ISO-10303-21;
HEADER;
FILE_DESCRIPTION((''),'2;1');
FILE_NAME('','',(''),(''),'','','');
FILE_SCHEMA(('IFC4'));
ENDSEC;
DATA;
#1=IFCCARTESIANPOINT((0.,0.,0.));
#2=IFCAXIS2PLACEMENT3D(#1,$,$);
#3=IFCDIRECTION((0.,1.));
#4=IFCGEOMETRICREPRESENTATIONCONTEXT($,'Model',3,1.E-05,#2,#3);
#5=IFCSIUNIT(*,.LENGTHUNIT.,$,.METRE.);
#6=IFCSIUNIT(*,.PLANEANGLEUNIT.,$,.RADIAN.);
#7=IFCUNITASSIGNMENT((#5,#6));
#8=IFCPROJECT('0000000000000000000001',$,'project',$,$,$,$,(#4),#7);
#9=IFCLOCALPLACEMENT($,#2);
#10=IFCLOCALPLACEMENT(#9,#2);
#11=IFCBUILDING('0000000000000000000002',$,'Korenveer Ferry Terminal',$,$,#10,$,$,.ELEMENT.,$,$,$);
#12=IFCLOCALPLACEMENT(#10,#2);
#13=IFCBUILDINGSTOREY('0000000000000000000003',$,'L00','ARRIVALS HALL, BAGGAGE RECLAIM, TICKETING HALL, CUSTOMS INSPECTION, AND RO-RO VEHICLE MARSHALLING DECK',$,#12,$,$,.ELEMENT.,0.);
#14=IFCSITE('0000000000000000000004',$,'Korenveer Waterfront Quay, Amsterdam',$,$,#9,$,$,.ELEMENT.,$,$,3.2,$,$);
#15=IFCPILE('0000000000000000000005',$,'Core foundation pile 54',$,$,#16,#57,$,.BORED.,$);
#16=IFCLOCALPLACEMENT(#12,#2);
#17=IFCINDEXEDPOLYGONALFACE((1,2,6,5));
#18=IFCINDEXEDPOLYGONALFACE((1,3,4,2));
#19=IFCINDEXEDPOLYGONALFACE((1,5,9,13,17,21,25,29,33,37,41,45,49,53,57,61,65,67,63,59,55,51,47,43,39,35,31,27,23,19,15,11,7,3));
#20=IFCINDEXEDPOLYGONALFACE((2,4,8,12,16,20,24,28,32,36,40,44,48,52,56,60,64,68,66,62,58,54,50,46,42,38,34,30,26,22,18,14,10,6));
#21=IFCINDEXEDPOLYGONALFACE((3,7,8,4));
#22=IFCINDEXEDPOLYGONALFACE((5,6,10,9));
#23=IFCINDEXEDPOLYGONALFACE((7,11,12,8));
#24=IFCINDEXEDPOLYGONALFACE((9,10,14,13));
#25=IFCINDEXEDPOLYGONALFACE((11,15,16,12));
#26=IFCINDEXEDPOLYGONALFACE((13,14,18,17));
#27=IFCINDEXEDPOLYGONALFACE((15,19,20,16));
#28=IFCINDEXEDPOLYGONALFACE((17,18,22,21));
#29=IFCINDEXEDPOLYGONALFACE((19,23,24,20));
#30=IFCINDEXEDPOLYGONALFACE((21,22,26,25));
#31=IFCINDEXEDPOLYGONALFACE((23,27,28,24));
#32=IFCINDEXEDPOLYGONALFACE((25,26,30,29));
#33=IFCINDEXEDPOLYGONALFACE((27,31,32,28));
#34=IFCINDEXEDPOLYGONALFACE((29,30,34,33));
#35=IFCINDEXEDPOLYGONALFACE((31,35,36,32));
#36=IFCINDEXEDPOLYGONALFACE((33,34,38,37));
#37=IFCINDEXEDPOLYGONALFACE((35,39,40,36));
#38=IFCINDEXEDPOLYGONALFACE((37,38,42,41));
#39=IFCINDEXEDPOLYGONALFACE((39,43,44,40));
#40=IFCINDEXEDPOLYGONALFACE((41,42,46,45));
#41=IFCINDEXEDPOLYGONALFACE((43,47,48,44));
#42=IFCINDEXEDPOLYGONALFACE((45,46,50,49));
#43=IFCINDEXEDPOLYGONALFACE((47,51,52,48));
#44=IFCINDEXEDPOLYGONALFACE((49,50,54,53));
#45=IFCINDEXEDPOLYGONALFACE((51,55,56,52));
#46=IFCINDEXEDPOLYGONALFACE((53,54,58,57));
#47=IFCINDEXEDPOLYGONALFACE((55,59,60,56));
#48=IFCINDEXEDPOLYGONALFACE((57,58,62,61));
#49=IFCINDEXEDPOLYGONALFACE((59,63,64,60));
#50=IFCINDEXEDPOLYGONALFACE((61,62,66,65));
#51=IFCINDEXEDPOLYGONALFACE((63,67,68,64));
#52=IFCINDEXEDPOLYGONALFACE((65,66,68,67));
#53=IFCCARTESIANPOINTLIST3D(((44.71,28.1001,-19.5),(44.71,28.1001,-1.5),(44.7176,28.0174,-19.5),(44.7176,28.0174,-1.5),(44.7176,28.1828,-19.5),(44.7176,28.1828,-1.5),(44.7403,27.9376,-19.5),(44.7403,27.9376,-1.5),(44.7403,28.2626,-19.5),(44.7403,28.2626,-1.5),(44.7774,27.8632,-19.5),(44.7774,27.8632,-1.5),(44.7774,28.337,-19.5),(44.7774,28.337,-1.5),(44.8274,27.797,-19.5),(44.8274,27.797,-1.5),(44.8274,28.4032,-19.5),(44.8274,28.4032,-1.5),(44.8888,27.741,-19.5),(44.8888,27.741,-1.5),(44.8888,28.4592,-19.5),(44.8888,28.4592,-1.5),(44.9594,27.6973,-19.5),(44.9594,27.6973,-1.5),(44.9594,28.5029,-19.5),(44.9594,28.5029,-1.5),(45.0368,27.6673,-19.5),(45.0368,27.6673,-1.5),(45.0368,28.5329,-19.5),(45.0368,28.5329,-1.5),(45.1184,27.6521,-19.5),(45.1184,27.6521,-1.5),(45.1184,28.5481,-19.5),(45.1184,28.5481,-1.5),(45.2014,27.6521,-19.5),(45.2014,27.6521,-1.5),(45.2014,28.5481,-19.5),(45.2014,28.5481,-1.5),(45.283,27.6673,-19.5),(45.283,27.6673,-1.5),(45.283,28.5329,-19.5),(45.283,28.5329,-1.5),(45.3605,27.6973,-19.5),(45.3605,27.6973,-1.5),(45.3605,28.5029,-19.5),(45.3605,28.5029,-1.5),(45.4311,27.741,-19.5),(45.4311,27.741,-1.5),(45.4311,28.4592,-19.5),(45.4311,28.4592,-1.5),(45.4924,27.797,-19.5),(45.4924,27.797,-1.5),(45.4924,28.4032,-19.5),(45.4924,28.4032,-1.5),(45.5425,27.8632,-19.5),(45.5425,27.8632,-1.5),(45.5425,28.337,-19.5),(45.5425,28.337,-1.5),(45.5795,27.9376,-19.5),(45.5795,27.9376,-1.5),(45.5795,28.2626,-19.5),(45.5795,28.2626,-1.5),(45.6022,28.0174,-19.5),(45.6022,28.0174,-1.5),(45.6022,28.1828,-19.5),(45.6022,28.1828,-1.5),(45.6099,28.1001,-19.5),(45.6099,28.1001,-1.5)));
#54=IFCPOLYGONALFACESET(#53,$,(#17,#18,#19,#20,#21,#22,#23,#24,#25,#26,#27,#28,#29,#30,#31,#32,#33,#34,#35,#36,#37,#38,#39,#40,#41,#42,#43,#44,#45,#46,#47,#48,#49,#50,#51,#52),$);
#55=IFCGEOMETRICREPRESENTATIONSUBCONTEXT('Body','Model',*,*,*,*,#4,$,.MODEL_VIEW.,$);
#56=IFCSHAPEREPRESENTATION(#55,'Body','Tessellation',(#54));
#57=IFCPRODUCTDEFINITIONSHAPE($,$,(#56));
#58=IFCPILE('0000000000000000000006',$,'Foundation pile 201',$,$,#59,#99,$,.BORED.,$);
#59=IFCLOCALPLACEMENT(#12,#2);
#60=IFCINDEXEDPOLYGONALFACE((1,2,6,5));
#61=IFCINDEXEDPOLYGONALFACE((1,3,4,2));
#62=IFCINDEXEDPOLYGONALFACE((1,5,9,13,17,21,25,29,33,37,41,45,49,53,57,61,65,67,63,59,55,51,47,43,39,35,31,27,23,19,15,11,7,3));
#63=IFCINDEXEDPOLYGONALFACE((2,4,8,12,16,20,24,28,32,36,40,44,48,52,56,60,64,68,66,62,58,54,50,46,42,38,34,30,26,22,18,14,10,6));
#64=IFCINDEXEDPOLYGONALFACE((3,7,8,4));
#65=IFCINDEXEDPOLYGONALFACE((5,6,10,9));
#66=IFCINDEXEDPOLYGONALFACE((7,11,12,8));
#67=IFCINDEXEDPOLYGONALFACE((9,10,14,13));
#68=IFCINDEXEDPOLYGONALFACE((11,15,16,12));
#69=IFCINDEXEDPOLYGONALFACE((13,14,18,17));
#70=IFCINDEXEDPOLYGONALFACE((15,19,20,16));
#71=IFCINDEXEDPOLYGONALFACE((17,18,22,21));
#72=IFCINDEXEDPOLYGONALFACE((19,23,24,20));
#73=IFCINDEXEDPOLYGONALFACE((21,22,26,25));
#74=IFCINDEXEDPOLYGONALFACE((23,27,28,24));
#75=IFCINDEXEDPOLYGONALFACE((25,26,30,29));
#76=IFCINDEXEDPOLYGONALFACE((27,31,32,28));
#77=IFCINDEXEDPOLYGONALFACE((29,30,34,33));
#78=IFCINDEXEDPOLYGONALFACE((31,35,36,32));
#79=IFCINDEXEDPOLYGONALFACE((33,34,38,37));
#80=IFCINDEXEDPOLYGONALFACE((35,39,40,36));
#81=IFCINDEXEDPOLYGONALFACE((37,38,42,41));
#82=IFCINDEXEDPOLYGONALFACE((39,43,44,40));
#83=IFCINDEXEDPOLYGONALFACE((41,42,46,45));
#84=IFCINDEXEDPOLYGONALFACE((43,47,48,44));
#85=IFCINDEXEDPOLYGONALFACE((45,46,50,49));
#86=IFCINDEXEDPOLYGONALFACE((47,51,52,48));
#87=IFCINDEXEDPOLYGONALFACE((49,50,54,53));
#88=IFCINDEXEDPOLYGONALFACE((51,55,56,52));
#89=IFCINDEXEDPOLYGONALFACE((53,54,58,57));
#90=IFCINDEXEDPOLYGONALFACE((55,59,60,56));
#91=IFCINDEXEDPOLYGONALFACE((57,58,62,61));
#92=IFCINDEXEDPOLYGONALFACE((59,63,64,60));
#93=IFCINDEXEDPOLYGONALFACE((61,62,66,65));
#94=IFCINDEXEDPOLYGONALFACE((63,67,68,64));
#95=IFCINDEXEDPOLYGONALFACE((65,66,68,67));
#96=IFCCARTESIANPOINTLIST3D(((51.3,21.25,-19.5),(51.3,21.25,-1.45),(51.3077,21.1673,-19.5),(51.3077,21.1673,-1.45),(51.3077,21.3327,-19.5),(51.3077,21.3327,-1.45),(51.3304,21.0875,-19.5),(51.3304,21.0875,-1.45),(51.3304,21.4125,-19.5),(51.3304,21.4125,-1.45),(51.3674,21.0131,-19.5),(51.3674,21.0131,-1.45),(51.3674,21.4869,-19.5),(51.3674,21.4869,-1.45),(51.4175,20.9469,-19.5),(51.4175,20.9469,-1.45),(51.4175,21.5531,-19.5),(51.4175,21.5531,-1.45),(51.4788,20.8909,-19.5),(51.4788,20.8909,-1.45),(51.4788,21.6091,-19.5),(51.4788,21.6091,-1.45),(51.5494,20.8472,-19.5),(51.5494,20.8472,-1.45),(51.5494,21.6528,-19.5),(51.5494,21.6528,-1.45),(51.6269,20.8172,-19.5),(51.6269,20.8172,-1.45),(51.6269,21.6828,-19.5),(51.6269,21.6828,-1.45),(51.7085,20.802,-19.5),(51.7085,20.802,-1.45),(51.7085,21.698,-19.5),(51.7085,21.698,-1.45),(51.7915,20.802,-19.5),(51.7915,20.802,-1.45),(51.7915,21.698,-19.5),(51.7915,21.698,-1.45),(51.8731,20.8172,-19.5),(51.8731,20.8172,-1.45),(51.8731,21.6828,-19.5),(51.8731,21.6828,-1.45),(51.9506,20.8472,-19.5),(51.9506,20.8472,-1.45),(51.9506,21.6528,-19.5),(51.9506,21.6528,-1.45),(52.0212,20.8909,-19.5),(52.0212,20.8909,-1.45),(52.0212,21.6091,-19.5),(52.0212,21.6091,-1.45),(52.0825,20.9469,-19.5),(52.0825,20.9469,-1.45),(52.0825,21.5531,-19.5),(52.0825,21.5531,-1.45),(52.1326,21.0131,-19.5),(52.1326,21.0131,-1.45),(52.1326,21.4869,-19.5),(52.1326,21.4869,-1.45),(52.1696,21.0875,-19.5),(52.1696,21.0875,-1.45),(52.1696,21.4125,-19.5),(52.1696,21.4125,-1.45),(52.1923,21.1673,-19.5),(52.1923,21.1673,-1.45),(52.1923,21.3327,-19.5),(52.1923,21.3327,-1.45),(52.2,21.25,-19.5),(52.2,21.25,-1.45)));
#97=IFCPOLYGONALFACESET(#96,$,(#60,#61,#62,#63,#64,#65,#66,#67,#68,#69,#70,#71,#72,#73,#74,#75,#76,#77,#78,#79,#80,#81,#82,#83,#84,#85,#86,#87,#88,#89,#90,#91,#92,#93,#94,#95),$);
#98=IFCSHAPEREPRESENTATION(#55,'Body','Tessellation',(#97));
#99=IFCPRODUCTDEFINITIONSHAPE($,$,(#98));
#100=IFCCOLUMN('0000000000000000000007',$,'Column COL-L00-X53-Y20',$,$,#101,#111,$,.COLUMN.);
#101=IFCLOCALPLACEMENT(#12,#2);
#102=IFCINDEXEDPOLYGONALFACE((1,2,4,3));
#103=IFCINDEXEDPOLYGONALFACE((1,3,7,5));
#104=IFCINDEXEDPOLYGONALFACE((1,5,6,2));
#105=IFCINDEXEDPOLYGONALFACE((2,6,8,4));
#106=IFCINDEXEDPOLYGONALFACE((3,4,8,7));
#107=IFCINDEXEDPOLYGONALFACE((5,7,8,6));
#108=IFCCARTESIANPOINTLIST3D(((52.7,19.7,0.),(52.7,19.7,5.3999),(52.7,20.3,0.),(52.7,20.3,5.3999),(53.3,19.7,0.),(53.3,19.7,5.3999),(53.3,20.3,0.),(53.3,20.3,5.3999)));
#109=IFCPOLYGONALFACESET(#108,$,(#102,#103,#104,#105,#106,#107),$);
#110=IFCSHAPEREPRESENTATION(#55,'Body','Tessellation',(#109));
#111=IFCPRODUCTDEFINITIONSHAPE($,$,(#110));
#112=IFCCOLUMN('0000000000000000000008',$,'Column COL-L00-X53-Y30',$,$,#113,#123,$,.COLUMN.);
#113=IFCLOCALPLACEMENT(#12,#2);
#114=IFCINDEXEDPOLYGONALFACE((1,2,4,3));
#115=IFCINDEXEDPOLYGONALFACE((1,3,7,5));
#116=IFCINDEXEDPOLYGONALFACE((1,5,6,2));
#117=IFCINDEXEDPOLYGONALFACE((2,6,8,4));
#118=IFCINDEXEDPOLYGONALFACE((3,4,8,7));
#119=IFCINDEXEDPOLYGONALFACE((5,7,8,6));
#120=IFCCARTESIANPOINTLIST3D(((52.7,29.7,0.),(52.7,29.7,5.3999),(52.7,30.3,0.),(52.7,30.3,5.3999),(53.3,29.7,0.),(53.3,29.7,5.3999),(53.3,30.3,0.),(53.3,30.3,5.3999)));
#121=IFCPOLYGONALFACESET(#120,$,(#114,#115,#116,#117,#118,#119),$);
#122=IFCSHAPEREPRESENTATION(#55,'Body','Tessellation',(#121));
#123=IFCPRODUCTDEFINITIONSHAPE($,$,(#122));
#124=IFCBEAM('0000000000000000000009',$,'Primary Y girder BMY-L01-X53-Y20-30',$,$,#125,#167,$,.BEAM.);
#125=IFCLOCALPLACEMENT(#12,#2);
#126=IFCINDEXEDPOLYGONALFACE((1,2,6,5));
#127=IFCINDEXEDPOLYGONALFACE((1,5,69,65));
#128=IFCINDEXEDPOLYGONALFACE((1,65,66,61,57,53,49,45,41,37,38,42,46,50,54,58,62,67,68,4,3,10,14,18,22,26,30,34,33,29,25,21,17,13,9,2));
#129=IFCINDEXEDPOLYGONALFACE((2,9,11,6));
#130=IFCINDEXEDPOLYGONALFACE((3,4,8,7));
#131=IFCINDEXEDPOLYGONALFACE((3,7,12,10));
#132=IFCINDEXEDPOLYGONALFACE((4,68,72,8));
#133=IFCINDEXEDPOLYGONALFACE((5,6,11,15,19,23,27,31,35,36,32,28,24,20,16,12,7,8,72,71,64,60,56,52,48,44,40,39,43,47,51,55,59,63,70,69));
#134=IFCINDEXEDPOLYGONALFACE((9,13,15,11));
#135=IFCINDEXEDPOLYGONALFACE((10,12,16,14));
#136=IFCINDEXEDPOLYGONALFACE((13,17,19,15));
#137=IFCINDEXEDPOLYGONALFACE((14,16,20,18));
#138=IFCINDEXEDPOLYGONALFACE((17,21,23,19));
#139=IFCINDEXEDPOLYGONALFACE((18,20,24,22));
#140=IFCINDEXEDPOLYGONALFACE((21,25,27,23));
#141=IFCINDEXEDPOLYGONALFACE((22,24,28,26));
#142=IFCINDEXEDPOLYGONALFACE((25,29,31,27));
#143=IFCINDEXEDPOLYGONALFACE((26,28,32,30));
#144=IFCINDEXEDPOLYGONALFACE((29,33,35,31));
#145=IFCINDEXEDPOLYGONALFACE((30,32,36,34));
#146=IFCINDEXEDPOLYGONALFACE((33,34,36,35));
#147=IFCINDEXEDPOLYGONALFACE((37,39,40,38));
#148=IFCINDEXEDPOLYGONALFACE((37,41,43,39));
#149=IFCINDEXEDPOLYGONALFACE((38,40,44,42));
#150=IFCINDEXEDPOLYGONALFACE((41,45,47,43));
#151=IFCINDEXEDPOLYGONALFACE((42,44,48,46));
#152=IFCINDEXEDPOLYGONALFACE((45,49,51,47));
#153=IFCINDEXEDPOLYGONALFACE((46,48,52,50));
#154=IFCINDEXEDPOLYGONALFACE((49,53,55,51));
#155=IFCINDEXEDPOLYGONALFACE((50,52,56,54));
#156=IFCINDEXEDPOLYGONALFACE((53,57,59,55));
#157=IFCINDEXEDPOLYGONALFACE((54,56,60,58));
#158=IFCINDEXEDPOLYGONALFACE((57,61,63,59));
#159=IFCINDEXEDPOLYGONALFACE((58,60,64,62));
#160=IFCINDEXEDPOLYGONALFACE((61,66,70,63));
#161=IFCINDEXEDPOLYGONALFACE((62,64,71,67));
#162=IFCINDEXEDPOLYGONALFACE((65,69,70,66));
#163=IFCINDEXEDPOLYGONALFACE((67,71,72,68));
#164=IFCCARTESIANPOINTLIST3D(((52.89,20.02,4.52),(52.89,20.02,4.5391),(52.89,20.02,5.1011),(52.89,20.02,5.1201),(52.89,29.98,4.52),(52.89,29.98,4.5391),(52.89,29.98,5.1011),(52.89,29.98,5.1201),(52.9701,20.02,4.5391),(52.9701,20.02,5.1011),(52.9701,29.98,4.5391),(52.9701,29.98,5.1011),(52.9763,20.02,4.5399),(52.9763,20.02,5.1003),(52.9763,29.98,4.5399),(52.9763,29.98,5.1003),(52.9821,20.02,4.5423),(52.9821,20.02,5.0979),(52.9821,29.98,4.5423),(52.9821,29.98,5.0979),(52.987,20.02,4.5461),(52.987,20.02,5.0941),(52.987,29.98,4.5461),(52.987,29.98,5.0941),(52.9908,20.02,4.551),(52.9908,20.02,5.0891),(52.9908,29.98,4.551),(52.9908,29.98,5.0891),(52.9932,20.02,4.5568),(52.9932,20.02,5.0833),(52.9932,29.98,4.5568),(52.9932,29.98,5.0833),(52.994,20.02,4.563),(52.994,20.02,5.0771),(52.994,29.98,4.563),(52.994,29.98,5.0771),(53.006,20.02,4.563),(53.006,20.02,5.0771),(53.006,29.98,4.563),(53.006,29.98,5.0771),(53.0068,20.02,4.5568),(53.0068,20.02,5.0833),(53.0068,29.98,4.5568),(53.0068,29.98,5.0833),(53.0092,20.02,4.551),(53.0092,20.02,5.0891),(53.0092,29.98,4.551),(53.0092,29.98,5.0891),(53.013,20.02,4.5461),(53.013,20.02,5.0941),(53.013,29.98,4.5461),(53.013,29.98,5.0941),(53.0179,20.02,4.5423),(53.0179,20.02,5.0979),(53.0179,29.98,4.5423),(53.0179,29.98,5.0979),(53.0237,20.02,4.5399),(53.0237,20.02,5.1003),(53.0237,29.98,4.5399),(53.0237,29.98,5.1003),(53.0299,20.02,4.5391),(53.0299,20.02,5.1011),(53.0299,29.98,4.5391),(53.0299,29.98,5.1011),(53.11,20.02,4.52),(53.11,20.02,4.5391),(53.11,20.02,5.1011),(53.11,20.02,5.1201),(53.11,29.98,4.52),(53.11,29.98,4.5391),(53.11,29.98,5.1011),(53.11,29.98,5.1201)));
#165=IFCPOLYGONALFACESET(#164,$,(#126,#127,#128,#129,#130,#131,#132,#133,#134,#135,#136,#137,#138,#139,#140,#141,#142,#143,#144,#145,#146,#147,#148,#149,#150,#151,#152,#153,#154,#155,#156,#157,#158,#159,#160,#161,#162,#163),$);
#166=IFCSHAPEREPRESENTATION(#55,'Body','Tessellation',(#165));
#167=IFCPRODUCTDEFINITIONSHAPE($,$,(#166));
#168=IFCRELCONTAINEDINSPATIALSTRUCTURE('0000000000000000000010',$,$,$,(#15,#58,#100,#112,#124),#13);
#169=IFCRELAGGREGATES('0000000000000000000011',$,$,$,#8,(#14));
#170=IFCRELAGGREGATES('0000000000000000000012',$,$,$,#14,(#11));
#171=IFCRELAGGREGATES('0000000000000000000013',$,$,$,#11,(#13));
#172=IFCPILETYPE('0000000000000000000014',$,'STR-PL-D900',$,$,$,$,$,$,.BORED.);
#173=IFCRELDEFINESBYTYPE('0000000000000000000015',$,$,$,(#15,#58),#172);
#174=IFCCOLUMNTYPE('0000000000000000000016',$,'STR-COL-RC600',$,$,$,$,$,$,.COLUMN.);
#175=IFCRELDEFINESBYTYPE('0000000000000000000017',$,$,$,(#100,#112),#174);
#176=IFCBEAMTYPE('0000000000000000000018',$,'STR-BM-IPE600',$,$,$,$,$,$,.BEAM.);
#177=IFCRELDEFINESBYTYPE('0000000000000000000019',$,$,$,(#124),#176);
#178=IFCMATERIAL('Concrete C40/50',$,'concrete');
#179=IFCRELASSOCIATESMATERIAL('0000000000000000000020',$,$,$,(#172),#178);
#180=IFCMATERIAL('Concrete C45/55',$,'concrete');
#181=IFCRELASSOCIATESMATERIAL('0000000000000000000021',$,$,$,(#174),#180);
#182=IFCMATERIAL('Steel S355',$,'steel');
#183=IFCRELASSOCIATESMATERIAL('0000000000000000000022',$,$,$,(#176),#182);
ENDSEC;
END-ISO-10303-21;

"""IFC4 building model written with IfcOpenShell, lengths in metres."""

from ifc_helpers import new_model, si_unit, direction, frame, origin, origin_2d, place, context, subcontext, project, spatial, rectangle, circle, i_section, extrude, material, material_profile, profile_set, type_object, element, save


model = new_model("IFC4")

# Units and contexts
model_context = context("Model", 3, precision=1e-05, world=origin(), true_north=direction((0.0, 1.0)))
body_context = subcontext(model_context, "Body", "Model", "MODEL_VIEW")
ifc_project = project(units=[si_unit("LENGTHUNIT", "METRE"), si_unit("PLANEANGLEUNIT", "RADIAN")], contexts=[model_context])

# Site, building, storey
site_placement = place(None, origin())
site = spatial("IfcSite", under=ifc_project, at=site_placement, Name="Korenveer Waterfront Quay, Amsterdam", CompositionType="ELEMENT", RefElevation=3.2)
building_placement = place(site_placement, origin())
building = spatial("IfcBuilding", under=site, at=building_placement, Name="Korenveer Ferry Terminal", CompositionType="ELEMENT")
storey_placement = place(building_placement, origin())
storey = spatial("IfcBuildingStorey", under=building, at=storey_placement, Name="L00", Description="ARRIVALS HALL, BAGGAGE RECLAIM, TICKETING HALL, CUSTOMS INSPECTION, AND RO-RO VEHICLE MARSHALLING DECK", CompositionType="ELEMENT", Elevation=0.0)

# Shared definitions
ifc_material_1 = material(Name="Concrete C40/50", Category="concrete")
ifc_material_2 = material(Name="Concrete C45/55", Category="concrete")

# Piles
ifc_material_profile_1 = material_profile(ifc_material_1, circle(Radius=0.45, at=origin_2d()), Name="PILE D900")
ifc_profile_set_1 = profile_set([ifc_material_profile_1], Name="Concrete C40/50")
pile_type_1 = type_object("IfcPileType", Name="STR-PL-D900", PredefinedType="BORED", material=ifc_profile_set_1)
for number, where, z_axis, x_axis, name in (
    (1, (45.1599, 28.1001, -1.5), (0.0, 0.0, -1.0), (1.0, 0.0, 0.0), "Core foundation pile 54"),
):
    element("IfcPile", number, at=place(storey_placement, frame(where, z_axis=z_axis, x_axis=x_axis)), inside=storey, type_object=pile_type_1, Name=name, PredefinedType="BORED", context=body_context, shape_type="SweptSolid", body=[
        extrude(circle(Radius=0.45, at=origin_2d()), origin(), (0.0, 0.0, 1.0), 18.0),
    ])
pile_1_placement = place(storey_placement, frame((51.75, 21.25, -1.45), z_axis=(0.0, 0.0, -1.0), x_axis=(1.0, 0.0, 0.0)))
element("IfcPile", 2, at=pile_1_placement, inside=storey, type_object=pile_type_1, Name="Foundation pile 201", PredefinedType="BORED", context=body_context, shape_type="SweptSolid", body=[
    extrude(circle(Radius=0.45, at=origin_2d()), origin(), (0.0, 0.0, 1.0), 18.05),
])

# Columns
ifc_material_profile_2 = material_profile(ifc_material_2, rectangle(XDim=0.6001, YDim=0.6001, at=origin_2d()), Name="RC 600x600")
ifc_profile_set_2 = profile_set([ifc_material_profile_2], Name="Concrete C45/55")
column_type = type_object("IfcColumnType", Name="STR-COL-RC600", PredefinedType="COLUMN", material=ifc_profile_set_2)
for number, where, z_axis, x_axis, name in (
    (3, (53.0, 20.0, 0.0), (0.0, 0.0, 1.0), (1.0, 0.0, 0.0), "Column COL-L00-X53-Y20"),
    (4, (53.0, 30.0, 0.0), (0.0, 0.0, 1.0), (1.0, 0.0, 0.0), "Column COL-L00-X53-Y30"),
):
    element("IfcColumn", number, at=place(storey_placement, frame(where, z_axis=z_axis, x_axis=x_axis)), inside=storey, type_object=column_type, Name=name, PredefinedType="COLUMN", context=body_context, shape_type="SweptSolid", body=[
        extrude(rectangle(XDim=0.6001, YDim=0.6001, at=origin_2d()), origin(), (0.0, 0.0, 1.0), 5.3999),
    ])

# Beam
ifc_material_3 = material(Name="Steel S355", Category="steel")
ifc_material_profile_3 = material_profile(ifc_material_3, i_section(OverallWidth=0.22, OverallDepth=0.6001, WebThickness=0.012, FlangeThickness=0.019, FilletRadius=0.0239, at=origin_2d()), Name="IPE 600")
ifc_profile_set_3 = profile_set([ifc_material_profile_3], Name="Steel S355")
beam_type_1 = type_object("IfcBeamType", Name="STR-BM-IPE600", PredefinedType="BEAM", material=ifc_profile_set_3)
for number, where, z_axis, x_axis, name in (
    (5, (53.0, 20.02, 4.8201), (0.0, 1.0, 0.0), (-1.0, 0.0, 0.0), "Primary Y girder BMY-L01-X53-Y20-30"),
):
    element("IfcBeam", number, at=place(storey_placement, frame(where, z_axis=z_axis, x_axis=x_axis)), inside=storey, type_object=beam_type_1, Name=name, PredefinedType="BEAM", context=body_context, shape_type="SweptSolid", body=[
        extrude(i_section(OverallWidth=0.22, OverallDepth=0.6001, WebThickness=0.012, FlangeThickness=0.019, FilletRadius=0.0239, at=origin_2d()), origin(), (0.0, 0.0, 1.0), 9.96),
    ])

save(model, "model.ifc")
